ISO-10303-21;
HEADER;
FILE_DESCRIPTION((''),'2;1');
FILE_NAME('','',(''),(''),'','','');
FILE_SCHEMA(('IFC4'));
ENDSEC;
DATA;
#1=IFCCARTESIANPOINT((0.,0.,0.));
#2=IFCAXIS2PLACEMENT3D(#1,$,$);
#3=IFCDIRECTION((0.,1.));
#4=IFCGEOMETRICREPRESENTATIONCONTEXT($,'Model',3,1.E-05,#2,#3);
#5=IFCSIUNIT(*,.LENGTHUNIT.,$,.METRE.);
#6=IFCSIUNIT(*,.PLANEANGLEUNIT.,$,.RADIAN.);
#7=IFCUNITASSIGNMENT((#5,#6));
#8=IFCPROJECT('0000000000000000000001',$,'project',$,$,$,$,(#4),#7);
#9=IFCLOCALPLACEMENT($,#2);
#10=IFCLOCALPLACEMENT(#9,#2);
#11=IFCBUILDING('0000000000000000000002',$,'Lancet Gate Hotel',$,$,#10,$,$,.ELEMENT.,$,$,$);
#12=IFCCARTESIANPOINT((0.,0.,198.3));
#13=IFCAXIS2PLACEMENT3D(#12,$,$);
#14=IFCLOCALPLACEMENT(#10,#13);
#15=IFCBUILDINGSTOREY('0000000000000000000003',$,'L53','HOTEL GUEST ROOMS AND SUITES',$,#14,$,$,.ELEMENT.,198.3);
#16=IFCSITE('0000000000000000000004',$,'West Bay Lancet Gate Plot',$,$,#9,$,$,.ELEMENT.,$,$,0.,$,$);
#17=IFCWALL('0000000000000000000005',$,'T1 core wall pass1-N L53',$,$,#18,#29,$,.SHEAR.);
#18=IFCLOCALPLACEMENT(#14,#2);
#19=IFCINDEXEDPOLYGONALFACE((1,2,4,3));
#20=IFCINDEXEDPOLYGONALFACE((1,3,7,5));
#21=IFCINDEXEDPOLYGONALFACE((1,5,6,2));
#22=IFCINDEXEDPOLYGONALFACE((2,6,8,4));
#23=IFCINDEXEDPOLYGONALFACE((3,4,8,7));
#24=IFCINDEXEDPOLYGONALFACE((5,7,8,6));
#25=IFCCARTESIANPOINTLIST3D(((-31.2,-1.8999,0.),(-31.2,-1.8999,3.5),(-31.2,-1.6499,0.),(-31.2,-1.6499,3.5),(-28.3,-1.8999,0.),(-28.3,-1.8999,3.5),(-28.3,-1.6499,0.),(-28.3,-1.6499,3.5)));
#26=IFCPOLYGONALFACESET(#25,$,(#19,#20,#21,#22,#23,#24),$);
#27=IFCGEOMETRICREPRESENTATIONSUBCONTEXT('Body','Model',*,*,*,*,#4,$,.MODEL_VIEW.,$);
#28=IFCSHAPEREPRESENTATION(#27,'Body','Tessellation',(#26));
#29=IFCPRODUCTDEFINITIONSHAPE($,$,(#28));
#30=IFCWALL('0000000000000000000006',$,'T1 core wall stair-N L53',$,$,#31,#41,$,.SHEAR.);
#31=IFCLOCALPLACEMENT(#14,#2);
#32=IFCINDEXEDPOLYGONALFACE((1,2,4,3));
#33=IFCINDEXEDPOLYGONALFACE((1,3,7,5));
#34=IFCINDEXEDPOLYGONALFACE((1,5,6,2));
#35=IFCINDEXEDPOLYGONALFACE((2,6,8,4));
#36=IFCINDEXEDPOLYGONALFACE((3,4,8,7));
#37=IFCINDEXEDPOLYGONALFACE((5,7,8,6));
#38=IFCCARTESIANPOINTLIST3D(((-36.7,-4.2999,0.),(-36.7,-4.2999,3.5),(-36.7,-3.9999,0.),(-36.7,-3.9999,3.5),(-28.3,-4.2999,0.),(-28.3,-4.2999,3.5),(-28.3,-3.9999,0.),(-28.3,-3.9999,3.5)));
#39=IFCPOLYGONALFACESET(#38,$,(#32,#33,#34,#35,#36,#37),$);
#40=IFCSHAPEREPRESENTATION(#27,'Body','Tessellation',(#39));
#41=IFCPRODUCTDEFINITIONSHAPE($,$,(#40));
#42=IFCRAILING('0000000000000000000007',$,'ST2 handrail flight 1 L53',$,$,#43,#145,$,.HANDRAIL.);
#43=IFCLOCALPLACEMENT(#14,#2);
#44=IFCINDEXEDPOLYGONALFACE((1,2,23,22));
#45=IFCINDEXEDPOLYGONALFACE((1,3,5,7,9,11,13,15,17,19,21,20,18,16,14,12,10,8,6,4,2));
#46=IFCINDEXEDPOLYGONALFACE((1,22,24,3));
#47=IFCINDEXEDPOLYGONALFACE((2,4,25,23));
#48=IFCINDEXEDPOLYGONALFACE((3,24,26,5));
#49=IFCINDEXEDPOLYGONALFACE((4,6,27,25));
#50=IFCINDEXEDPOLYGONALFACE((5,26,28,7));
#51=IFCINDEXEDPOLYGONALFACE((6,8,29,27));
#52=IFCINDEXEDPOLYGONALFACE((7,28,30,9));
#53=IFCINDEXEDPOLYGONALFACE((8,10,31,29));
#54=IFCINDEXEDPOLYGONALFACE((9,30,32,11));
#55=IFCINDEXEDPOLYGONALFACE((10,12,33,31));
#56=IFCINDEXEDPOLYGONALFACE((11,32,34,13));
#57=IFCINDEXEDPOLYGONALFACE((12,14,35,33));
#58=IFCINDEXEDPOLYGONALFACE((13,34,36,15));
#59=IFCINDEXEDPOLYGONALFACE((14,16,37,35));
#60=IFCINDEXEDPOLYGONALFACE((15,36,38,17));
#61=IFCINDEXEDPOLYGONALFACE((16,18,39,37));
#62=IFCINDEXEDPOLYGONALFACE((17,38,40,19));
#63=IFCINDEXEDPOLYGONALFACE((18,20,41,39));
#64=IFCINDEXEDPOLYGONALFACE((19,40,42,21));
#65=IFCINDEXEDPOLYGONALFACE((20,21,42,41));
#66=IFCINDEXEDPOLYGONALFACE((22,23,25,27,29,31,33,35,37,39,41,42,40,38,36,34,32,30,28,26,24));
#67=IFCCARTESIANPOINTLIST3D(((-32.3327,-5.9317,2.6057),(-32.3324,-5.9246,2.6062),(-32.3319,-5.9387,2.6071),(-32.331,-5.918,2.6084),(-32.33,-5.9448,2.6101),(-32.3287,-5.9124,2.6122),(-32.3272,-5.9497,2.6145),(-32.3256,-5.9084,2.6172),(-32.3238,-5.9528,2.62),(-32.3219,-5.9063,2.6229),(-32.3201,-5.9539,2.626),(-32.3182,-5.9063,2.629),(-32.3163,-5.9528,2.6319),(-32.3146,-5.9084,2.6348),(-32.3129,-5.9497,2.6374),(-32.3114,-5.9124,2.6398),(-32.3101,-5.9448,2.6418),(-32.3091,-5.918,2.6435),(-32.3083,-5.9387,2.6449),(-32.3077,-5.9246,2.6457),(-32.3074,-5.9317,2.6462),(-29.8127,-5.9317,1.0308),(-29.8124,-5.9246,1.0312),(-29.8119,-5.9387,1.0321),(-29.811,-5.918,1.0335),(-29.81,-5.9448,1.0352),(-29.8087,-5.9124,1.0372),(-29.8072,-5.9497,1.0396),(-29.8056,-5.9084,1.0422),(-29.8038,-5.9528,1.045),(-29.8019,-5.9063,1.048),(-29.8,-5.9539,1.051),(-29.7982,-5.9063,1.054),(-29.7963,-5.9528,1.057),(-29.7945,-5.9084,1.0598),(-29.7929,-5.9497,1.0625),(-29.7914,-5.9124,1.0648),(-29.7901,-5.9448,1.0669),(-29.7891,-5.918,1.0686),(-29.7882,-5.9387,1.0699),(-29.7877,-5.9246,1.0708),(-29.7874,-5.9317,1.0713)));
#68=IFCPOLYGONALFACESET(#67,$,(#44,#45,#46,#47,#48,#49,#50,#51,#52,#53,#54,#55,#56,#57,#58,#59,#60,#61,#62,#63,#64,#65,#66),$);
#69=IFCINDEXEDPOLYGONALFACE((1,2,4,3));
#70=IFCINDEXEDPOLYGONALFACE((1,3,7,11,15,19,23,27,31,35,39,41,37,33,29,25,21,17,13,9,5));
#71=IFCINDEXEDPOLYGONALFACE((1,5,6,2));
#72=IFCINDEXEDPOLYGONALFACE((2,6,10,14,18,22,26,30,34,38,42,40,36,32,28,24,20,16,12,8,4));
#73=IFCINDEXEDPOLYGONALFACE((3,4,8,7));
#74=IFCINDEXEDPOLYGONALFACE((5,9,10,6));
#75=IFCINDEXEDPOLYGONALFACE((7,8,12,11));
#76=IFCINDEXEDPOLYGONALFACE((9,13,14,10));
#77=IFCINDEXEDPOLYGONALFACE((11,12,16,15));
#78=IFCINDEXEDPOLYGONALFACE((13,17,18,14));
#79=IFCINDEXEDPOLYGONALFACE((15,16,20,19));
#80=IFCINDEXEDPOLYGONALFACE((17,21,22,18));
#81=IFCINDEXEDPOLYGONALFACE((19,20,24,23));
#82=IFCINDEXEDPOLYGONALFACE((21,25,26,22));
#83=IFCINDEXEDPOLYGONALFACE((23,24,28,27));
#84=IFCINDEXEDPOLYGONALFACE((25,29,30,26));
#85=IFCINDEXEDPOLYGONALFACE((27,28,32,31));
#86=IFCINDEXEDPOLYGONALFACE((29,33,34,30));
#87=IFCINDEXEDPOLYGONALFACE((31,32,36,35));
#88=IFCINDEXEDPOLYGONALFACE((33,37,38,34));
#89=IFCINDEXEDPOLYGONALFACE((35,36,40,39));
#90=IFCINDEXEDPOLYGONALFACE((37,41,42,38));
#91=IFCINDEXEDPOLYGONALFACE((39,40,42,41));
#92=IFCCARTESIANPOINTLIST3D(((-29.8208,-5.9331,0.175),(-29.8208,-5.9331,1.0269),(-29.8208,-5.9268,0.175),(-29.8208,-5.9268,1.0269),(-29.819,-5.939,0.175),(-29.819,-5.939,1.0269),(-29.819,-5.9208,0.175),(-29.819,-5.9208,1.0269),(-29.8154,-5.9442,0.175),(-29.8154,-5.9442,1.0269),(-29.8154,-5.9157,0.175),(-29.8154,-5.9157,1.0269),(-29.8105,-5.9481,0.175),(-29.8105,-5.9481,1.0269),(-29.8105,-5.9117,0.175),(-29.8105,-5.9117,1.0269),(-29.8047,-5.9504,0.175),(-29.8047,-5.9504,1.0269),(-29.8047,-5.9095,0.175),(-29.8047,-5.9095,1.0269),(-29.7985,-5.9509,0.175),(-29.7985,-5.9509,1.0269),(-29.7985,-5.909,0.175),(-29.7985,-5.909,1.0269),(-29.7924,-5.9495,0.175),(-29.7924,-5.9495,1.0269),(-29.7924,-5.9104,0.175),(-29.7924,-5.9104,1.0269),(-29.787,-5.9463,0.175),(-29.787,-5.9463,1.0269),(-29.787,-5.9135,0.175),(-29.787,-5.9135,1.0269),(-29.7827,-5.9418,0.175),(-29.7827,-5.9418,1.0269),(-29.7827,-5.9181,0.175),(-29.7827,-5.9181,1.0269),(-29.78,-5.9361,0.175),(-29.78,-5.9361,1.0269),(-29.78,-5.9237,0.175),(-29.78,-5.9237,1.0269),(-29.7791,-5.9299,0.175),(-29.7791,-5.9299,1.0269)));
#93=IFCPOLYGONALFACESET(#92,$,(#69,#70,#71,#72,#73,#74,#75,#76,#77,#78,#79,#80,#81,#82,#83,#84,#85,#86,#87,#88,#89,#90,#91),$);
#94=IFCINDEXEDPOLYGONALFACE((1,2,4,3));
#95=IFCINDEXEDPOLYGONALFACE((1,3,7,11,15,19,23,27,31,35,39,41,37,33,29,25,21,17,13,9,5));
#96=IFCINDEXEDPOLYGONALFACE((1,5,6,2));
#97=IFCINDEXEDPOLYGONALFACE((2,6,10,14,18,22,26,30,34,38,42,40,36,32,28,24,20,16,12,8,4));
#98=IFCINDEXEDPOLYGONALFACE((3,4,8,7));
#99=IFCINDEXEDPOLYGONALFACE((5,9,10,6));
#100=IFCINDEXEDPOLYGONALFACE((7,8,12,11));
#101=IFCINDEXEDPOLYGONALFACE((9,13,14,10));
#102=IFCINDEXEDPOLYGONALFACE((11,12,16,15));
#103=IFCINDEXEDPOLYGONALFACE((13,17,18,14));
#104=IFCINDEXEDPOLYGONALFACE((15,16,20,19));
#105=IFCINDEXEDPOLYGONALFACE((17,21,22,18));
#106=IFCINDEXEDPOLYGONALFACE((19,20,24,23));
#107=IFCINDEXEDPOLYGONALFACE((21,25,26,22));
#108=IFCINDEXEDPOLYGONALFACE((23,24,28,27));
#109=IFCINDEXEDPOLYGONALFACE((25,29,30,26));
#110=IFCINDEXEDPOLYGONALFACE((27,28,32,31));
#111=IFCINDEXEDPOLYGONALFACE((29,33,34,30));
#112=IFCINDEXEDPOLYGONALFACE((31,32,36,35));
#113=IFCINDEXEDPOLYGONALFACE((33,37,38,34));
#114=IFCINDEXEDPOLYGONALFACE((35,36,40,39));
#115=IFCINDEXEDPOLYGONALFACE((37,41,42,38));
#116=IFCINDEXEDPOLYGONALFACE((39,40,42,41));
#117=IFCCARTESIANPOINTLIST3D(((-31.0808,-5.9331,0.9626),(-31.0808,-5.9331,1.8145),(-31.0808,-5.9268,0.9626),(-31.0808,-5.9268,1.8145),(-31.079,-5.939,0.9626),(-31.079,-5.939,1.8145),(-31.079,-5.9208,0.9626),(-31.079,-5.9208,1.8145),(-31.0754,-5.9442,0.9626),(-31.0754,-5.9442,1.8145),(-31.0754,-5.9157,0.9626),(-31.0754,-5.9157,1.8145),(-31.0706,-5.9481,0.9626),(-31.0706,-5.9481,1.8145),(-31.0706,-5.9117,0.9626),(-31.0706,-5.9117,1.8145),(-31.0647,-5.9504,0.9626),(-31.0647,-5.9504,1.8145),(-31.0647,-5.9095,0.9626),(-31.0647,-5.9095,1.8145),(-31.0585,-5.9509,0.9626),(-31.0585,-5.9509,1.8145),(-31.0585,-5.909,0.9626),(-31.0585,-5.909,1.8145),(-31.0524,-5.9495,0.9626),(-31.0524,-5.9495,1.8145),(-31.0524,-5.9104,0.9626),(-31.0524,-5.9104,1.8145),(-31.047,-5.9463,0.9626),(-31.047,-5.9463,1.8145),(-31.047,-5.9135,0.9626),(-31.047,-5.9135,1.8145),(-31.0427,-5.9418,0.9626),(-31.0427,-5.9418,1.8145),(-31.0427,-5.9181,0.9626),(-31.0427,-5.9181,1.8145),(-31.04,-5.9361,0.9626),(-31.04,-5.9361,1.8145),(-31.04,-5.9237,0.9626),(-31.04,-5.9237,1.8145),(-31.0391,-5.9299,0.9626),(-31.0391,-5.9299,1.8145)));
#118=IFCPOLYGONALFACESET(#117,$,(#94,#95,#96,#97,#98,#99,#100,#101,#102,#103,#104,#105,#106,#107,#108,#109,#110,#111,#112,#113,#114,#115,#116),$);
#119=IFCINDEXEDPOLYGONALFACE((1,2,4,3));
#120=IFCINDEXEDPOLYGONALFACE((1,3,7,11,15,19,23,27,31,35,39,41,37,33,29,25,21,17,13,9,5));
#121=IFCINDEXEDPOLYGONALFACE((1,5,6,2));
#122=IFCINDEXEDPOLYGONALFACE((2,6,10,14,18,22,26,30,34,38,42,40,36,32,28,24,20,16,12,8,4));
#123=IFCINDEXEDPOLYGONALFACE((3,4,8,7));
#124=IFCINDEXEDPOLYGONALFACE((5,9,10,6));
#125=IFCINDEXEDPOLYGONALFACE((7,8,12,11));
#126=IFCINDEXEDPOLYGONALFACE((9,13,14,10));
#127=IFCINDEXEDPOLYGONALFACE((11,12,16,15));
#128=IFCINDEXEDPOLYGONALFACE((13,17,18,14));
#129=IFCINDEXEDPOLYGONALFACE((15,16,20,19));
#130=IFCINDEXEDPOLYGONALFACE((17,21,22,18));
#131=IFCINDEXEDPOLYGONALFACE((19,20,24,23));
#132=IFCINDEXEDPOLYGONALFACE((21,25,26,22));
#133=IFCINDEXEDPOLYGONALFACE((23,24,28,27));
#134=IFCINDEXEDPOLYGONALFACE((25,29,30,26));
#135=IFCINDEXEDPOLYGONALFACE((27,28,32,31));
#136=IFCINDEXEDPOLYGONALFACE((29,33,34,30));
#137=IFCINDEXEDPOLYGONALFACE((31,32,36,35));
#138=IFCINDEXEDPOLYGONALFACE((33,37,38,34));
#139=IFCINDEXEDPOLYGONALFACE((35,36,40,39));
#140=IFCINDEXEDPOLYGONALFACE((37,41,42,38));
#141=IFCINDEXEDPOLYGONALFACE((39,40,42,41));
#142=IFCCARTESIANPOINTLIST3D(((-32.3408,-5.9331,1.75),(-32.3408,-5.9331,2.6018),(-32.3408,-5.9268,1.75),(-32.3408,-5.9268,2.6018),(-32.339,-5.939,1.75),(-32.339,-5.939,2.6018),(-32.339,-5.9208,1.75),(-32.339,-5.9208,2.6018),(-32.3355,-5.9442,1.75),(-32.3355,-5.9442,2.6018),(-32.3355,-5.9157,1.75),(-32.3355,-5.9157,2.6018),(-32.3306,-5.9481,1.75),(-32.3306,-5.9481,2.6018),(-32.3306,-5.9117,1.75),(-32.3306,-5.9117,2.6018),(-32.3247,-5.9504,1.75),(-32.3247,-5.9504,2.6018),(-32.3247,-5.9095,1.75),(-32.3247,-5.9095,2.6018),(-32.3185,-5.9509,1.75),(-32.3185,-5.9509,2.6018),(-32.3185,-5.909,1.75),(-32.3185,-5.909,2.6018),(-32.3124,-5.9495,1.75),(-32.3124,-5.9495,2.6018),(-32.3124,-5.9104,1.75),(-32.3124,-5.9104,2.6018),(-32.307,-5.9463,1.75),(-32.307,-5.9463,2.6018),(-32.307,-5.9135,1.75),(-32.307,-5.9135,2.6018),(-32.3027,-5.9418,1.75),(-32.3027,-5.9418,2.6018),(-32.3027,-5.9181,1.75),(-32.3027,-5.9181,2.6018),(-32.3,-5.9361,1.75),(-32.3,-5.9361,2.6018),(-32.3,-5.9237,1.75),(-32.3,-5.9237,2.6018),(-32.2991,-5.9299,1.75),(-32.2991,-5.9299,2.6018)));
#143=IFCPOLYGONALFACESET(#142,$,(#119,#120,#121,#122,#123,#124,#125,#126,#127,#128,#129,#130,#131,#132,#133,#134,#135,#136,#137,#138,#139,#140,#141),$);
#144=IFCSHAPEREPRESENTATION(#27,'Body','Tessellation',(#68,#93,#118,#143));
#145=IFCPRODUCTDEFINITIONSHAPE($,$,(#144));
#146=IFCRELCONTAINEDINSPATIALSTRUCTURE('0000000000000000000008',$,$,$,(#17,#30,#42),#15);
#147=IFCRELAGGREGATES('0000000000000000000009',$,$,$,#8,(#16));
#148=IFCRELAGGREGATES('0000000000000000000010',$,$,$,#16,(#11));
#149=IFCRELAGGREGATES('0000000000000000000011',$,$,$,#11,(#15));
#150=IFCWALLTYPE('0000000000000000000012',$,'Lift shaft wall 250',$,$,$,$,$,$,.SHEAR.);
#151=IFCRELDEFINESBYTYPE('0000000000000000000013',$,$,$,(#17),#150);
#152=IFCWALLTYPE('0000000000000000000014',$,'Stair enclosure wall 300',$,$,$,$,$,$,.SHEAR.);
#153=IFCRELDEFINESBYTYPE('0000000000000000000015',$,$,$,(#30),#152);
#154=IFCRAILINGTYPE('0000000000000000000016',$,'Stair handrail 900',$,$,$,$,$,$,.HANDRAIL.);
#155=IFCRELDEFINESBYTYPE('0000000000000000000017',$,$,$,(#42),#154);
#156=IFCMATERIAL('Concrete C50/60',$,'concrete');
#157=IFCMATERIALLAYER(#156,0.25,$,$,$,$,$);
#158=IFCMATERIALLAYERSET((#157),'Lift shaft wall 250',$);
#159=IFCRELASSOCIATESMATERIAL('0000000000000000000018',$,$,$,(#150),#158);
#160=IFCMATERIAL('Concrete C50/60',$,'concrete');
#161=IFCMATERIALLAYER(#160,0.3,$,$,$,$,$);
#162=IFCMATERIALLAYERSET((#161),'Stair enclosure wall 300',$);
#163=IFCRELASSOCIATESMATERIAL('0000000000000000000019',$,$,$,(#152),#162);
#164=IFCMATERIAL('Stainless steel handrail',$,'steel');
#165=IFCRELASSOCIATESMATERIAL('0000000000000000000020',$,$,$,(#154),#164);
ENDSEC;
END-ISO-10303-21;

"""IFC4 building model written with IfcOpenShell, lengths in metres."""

from ifc_helpers import new_model, si_unit, direction, frame, frame_2d, origin, origin_2d, place, context, subcontext, project, spatial, rectangle, circle, extrude, material, layer, layer_set, type_object, element, save


model = new_model("IFC4")

# Units and contexts
model_context = context("Model", 3, precision=1e-05, world=origin(), true_north=direction((0.0, 1.0)))
body_context = subcontext(model_context, "Body", "Model", "MODEL_VIEW")
ifc_project = project(units=[si_unit("LENGTHUNIT", "METRE"), si_unit("PLANEANGLEUNIT", "RADIAN")], contexts=[model_context])

# Site, building, storey
site_placement = place(None, origin())
site = spatial("IfcSite", under=ifc_project, at=site_placement, Name="West Bay Lancet Gate Plot", CompositionType="ELEMENT", RefElevation=0.0)
building_placement = place(site_placement, origin())
building = spatial("IfcBuilding", under=site, at=building_placement, Name="Lancet Gate Hotel", CompositionType="ELEMENT")
storey_placement = place(building_placement, frame((0.0, 0.0, 198.3)))
storey = spatial("IfcBuildingStorey", under=building, at=storey_placement, Name="L53", Description="HOTEL GUEST ROOMS AND SUITES", CompositionType="ELEMENT", Elevation=198.3)

# Walls
ifc_material_1 = material(Name="Concrete C50/60", Category="concrete")
ifc_layer_1 = layer(ifc_material_1, 0.25)
ifc_layer_set_1 = layer_set([ifc_layer_1], Name="Lift shaft wall 250")
wall_type_1 = type_object("IfcWallType", Name="Lift shaft wall 250", PredefinedType="SHEAR", material=ifc_layer_set_1)
wall_1_placement = place(storey_placement, frame((-28.3, -1.7749, 0.0), z_axis=(0.0, 0.0, 1.0), x_axis=(-1.0, 0.0, 0.0)))
element("IfcWall", 1, at=wall_1_placement, inside=storey, type_object=wall_type_1, Name="T1 core wall pass1-N L53", PredefinedType="SHEAR", context=body_context, shape_type="SweptSolid", body=[
    extrude(rectangle(XDim=2.8999, YDim=0.25, at=frame_2d((1.45, 0.0))), origin(), (0.0, 0.0, 1.0), 3.5),
])
ifc_material_2 = material(Name="Concrete C50/60", Category="concrete")
ifc_layer_2 = layer(ifc_material_2, 0.3)
ifc_layer_set_2 = layer_set([ifc_layer_2], Name="Stair enclosure wall 300")
wall_type_2 = type_object("IfcWallType", Name="Stair enclosure wall 300", PredefinedType="SHEAR", material=ifc_layer_set_2)
wall_2_placement = place(storey_placement, frame((-28.3, -4.1499, 0.0), z_axis=(0.0, 0.0, 1.0), x_axis=(-1.0, 0.0, 0.0)))
element("IfcWall", 2, at=wall_2_placement, inside=storey, type_object=wall_type_2, Name="T1 core wall stair-N L53", PredefinedType="SHEAR", context=body_context, shape_type="SweptSolid", body=[
    extrude(rectangle(XDim=8.3999, YDim=0.3, at=frame_2d((4.2, 0.0))), origin(), (0.0, 0.0, 1.0), 3.5),
])

# Railing
ifc_material_3 = material(Name="Stainless steel handrail", Category="steel")
railing_type = type_object("IfcRailingType", Name="Stair handrail 900", PredefinedType="HANDRAIL", material=ifc_material_3)
railing_placement = place(storey_placement, frame((-29.8, -5.9299, 0.175)))
element("IfcRailing", 3, at=railing_placement, inside=storey, type_object=railing_type, Name="ST2 handrail flight 1 L53", PredefinedType="HANDRAIL", context=body_context, shape_type="SweptSolid", body=[
    extrude(circle(Radius=0.0239, at=origin_2d()), frame((0.0, 0.0, 0.876), z_axis=(-0.848008, 0.0, 0.529984), x_axis=(0.0, -1.0, 0.0)), (0.0, 0.0, 1.0), 2.9717),
    extrude(circle(Radius=0.021, at=origin_2d()), origin(), (0.0, 0.0, 1.0), 0.8518),
    extrude(circle(Radius=0.021, at=origin_2d()), frame((-1.26, 0.0, 0.7876)), (0.0, 0.0, 1.0), 0.8518),
    extrude(circle(Radius=0.021, at=origin_2d()), frame((-2.52, 0.0, 1.575)), (0.0, 0.0, 1.0), 0.8518),
])

save(model, "model.ifc")
